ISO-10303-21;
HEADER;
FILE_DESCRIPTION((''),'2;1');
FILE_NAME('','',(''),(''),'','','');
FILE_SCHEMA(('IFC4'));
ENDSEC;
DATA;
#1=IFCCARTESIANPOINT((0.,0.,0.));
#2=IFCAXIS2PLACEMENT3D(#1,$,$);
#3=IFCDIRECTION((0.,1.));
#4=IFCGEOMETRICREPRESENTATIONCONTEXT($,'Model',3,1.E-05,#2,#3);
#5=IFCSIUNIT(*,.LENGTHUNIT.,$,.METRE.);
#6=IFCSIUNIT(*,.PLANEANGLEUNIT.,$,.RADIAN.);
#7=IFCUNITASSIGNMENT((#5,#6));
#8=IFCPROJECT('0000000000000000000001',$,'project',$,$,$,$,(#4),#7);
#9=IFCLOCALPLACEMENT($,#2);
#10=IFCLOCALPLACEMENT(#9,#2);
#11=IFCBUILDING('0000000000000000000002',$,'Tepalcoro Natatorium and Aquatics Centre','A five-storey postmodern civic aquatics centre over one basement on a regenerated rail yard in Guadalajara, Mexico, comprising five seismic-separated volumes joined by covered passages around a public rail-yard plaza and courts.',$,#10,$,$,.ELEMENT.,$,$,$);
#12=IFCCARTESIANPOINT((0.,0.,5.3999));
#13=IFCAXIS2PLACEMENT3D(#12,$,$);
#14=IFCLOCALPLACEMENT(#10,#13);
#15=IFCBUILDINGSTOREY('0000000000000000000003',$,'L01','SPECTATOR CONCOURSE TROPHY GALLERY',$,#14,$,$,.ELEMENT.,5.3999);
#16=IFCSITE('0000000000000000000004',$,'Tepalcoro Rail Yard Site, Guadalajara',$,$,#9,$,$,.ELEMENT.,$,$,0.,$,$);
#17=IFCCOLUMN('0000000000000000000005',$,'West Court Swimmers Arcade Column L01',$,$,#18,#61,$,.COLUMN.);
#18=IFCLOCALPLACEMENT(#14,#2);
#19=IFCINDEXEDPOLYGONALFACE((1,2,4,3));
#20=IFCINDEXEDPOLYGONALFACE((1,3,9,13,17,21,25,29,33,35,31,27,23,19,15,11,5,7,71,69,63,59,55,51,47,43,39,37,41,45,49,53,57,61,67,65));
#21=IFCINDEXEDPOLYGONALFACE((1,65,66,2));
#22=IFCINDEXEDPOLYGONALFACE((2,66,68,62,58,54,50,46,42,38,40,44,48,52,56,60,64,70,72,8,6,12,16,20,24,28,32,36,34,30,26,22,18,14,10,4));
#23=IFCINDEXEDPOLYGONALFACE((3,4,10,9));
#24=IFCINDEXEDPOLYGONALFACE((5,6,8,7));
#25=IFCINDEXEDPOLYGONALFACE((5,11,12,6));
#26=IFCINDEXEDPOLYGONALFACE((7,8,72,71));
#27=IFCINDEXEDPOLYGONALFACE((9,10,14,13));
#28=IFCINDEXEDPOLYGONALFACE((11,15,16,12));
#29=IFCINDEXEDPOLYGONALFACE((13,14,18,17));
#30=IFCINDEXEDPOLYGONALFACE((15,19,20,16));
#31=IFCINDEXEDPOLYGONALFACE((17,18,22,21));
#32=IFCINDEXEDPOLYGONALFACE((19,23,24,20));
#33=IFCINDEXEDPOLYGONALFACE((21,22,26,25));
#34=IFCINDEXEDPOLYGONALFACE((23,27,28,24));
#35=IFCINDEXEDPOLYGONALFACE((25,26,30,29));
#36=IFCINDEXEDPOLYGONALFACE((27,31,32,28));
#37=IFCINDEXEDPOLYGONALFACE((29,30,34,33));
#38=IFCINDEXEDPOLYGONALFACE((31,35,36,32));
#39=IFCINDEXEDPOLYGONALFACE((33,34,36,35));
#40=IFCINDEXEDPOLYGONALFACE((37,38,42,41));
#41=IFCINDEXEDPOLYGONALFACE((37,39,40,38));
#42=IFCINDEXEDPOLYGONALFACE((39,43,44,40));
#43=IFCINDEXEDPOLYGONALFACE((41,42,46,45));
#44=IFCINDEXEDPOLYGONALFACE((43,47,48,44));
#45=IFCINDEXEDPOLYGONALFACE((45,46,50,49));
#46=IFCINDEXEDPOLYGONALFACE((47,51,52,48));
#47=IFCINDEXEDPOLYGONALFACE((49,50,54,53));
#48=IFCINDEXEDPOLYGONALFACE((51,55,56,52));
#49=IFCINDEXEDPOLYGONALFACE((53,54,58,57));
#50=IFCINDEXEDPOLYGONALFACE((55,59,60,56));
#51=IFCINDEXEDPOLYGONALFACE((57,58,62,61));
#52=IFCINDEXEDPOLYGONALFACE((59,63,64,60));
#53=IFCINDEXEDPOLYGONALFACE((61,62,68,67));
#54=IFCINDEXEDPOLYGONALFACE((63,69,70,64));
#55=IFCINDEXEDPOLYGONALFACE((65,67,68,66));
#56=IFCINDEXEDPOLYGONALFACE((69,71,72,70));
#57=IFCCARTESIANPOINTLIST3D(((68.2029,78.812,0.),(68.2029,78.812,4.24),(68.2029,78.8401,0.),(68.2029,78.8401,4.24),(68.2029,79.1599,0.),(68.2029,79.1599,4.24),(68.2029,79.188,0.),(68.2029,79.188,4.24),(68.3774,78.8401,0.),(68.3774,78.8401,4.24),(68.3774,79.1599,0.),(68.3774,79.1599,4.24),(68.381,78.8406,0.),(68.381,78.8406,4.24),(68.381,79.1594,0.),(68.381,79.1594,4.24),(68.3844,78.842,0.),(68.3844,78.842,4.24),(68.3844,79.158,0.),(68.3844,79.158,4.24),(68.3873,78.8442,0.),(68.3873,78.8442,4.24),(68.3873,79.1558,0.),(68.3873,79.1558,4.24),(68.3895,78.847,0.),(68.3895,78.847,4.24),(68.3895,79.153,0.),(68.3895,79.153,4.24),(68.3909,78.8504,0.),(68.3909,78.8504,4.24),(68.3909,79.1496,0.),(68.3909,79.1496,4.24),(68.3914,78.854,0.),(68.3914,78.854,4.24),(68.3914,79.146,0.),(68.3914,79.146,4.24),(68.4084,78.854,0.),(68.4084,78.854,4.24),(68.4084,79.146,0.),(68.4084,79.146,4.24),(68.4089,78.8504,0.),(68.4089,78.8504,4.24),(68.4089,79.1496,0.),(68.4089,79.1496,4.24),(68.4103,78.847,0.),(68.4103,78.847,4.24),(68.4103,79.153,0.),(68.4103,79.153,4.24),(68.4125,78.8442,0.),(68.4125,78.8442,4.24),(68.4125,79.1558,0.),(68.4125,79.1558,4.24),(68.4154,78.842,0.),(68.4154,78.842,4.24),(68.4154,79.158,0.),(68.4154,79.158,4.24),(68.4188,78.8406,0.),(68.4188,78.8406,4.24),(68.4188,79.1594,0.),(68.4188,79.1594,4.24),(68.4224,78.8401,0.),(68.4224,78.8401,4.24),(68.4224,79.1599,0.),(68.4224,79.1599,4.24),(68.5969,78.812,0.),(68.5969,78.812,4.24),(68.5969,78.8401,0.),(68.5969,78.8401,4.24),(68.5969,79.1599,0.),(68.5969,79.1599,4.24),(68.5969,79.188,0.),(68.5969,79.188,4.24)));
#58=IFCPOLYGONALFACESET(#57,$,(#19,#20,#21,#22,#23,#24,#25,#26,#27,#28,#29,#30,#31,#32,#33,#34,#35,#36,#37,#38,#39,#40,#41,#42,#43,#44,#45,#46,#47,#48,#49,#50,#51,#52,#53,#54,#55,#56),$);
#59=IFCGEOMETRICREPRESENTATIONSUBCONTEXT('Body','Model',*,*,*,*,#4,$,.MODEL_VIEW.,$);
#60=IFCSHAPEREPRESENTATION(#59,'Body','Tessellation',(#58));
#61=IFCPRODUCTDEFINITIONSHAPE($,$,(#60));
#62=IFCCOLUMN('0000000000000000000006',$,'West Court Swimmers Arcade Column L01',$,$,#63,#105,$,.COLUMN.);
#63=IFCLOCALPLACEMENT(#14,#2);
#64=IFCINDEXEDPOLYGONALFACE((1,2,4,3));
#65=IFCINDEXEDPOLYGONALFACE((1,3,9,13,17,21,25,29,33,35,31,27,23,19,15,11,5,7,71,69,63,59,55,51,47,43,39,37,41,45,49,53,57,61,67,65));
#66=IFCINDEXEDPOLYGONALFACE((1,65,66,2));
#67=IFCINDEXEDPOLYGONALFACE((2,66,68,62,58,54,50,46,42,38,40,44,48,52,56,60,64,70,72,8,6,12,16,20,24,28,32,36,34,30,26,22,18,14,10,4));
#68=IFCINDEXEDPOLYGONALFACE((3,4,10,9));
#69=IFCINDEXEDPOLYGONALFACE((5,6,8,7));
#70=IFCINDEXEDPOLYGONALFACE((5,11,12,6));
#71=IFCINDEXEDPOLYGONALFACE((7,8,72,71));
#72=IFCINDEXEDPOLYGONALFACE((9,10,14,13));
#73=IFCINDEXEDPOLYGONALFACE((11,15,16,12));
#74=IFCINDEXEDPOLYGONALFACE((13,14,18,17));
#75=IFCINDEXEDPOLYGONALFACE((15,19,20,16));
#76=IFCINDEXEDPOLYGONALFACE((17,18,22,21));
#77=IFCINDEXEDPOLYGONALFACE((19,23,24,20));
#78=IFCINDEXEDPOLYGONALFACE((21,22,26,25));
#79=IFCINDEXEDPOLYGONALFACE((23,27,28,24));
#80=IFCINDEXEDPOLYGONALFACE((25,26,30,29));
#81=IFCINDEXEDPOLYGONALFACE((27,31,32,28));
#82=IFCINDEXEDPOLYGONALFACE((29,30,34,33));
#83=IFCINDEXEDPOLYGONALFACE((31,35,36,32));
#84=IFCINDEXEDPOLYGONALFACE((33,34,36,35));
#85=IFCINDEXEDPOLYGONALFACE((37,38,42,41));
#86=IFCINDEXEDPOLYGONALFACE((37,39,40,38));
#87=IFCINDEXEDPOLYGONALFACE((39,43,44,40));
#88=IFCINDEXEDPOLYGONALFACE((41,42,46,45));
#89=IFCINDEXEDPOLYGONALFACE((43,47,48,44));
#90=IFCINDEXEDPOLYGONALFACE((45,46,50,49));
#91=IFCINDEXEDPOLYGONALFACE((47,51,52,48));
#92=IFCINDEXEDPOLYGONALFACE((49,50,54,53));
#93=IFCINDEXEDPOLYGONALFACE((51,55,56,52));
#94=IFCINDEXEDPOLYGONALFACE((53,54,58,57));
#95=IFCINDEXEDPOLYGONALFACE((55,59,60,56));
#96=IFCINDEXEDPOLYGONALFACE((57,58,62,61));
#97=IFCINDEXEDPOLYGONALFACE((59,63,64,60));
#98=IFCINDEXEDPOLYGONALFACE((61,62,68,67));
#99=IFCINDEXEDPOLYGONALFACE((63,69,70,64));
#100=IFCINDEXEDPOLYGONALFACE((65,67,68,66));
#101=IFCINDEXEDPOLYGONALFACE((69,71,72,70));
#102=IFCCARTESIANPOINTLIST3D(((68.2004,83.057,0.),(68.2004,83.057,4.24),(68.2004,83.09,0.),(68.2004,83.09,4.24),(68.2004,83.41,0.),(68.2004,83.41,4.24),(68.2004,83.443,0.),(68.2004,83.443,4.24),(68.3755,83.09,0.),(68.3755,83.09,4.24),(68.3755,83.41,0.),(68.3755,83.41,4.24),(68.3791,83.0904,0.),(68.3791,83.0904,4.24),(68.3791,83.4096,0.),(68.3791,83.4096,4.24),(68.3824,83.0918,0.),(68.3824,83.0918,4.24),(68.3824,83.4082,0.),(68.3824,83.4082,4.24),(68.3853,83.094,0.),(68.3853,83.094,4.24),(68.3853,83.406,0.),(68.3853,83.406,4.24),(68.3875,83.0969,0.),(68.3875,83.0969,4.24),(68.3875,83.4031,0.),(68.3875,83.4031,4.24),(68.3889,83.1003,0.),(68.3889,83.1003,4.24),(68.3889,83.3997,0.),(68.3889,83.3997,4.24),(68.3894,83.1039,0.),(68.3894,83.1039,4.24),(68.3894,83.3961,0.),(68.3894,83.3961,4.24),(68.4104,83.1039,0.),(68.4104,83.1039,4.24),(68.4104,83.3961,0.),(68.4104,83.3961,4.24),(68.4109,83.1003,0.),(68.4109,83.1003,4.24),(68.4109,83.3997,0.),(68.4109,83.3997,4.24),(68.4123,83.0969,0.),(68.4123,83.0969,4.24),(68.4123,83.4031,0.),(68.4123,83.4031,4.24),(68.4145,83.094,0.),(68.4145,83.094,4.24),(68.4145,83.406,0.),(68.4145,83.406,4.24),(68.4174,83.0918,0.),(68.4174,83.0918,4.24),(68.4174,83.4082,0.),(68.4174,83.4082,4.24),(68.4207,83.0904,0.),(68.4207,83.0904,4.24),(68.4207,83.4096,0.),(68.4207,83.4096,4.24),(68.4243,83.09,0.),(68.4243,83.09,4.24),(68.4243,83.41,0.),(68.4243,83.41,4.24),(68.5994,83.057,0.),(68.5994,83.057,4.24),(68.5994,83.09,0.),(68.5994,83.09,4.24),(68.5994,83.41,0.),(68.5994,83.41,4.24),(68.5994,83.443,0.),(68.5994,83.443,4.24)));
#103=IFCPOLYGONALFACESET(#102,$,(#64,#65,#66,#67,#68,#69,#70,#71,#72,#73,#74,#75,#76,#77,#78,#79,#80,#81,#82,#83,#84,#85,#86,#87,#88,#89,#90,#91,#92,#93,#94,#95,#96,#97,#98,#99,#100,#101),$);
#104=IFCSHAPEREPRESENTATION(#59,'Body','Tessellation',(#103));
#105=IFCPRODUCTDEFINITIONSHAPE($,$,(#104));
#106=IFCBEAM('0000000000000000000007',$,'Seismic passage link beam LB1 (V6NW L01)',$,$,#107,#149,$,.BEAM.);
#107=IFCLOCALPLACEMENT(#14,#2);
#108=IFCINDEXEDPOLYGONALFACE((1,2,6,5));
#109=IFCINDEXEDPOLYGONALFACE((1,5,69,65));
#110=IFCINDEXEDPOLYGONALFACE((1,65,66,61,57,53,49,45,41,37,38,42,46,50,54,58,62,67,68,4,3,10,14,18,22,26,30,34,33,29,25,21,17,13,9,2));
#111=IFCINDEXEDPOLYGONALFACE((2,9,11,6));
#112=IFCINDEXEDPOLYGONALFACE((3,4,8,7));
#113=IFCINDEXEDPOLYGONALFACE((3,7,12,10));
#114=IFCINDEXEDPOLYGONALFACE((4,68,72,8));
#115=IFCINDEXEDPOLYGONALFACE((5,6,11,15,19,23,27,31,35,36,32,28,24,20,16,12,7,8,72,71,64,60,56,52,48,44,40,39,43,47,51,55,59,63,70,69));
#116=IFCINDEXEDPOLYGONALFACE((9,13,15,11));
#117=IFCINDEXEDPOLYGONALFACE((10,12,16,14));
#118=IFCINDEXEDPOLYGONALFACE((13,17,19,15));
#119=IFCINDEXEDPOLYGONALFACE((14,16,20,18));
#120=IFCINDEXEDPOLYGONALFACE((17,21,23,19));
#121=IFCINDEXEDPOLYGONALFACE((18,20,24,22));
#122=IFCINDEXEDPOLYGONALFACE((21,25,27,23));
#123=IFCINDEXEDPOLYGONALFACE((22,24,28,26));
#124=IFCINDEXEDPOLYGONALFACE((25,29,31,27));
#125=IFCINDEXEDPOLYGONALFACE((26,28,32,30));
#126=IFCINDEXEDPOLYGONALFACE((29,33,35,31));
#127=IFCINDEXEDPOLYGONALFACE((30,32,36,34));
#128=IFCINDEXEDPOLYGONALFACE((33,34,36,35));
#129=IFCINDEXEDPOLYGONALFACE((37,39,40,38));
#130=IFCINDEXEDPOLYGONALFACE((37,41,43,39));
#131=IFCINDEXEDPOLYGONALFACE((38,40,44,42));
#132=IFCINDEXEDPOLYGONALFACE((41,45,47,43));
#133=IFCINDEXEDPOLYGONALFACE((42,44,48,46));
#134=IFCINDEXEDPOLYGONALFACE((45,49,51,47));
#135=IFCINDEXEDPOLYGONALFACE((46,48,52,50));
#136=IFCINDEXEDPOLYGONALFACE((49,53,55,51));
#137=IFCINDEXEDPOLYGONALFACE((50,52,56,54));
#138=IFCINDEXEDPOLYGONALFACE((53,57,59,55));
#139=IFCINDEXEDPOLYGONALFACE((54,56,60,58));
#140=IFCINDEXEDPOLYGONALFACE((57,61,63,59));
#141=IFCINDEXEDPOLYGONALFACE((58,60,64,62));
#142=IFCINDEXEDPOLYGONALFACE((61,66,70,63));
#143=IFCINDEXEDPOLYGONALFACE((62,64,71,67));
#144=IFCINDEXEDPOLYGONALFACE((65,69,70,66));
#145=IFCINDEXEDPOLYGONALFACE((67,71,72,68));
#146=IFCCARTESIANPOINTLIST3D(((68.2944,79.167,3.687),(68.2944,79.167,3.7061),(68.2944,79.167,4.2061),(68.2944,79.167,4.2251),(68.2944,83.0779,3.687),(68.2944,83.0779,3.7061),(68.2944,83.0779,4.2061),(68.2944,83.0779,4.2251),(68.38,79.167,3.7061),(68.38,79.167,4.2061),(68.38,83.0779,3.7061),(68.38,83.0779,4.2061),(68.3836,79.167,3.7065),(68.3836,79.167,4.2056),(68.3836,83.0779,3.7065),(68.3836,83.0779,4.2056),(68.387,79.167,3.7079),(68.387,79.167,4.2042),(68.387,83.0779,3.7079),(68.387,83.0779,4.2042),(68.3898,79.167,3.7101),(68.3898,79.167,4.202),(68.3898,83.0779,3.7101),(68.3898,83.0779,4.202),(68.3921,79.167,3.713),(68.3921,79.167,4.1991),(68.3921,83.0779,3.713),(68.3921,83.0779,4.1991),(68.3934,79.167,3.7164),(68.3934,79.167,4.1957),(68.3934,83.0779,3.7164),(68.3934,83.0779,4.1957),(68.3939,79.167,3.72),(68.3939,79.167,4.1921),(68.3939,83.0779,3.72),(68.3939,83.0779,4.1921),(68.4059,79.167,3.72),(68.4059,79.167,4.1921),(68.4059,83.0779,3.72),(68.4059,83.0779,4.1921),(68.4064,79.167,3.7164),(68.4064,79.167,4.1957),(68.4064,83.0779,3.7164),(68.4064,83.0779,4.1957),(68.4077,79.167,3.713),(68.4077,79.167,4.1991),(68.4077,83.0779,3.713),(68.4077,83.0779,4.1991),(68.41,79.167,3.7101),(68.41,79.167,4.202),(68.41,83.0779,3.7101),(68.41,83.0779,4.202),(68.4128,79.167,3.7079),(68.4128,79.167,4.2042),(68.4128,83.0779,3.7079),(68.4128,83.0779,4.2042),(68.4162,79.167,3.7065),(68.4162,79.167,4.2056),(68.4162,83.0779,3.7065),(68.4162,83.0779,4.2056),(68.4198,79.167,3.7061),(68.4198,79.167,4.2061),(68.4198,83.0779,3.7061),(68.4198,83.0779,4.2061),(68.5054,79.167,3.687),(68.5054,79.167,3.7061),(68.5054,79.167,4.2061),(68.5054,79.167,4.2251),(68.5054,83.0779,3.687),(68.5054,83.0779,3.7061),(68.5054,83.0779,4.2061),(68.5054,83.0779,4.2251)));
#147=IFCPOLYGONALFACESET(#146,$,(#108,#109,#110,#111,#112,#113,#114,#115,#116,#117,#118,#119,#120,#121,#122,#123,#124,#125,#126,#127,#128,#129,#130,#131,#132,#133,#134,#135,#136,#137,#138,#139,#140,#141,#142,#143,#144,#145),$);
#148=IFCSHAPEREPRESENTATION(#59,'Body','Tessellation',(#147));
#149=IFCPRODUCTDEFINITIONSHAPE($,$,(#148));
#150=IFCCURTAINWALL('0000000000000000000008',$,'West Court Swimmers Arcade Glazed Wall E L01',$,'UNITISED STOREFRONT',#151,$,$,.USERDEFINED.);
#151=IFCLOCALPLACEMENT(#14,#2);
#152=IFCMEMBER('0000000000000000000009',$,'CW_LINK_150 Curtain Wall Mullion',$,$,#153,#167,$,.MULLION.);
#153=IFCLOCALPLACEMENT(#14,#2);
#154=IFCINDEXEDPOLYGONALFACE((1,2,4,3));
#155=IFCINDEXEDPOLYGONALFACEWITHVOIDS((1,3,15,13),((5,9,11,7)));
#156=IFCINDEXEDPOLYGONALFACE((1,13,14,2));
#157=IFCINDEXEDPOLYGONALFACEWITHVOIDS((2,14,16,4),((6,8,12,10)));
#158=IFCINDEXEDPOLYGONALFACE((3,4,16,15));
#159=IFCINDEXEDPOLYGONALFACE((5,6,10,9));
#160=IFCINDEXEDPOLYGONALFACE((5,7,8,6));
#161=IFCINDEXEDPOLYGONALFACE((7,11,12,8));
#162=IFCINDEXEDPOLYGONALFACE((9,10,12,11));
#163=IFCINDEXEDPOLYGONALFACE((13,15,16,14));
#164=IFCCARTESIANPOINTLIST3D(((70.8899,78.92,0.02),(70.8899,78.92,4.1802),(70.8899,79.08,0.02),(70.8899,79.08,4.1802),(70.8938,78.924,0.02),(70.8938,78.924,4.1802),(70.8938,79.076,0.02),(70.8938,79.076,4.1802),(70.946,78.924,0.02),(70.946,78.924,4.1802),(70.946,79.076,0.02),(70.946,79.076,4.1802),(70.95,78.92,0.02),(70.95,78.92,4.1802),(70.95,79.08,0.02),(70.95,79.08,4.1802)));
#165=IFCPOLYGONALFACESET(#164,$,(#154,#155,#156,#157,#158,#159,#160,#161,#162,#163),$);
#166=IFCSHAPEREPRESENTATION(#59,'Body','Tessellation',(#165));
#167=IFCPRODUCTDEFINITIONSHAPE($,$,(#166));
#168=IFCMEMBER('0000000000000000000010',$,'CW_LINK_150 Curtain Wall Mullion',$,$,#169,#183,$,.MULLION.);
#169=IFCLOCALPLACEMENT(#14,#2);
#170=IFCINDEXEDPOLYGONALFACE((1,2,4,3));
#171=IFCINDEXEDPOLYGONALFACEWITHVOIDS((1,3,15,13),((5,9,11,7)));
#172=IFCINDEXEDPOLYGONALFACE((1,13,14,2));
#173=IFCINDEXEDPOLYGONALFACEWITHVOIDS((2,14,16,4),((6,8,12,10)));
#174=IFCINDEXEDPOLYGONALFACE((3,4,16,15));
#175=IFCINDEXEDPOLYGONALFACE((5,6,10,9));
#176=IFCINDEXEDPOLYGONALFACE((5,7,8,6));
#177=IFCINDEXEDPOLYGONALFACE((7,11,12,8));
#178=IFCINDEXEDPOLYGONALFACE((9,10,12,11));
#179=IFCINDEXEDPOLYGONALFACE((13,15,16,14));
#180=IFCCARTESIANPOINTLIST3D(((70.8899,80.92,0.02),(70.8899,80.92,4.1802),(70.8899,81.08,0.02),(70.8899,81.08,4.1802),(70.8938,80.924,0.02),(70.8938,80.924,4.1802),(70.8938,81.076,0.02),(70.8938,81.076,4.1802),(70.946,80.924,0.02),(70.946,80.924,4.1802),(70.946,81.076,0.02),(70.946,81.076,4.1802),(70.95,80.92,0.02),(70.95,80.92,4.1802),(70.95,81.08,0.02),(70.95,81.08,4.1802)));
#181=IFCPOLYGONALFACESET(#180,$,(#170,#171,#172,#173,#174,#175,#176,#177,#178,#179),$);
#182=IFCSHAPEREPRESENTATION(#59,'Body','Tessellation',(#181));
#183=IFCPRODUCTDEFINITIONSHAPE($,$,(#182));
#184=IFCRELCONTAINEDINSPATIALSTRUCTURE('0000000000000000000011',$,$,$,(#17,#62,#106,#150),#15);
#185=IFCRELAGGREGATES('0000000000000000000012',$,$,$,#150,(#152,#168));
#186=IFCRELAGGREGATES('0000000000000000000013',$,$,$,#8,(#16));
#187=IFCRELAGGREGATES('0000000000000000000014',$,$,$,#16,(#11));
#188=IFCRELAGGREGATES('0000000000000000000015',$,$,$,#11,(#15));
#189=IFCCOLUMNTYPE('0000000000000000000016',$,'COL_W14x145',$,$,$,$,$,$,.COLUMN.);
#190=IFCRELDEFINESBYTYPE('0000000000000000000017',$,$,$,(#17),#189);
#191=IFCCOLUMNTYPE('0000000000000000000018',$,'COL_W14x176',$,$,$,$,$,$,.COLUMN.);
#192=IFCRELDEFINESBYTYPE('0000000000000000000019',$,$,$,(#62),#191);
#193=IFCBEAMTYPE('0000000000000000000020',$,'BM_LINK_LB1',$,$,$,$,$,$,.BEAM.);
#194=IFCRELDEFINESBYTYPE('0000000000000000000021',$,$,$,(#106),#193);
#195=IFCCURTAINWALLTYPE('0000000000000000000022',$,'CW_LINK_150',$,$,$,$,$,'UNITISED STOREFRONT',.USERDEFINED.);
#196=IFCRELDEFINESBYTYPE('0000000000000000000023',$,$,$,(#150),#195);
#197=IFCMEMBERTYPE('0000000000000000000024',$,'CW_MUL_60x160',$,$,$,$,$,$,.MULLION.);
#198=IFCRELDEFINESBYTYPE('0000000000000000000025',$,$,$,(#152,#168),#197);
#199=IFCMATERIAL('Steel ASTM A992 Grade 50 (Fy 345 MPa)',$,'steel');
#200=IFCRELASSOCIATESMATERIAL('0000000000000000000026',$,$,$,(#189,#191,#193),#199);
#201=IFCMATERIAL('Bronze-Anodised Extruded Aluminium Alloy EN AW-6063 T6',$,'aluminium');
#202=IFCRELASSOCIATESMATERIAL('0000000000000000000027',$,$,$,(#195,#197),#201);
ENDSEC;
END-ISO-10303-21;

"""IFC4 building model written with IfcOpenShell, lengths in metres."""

from ifc_helpers import new_model, si_unit, direction, frame, origin, origin_2d, place, context, subcontext, project, spatial, hollow_rectangle, i_section, extrude, material, material_profile, profile_set, type_object, element, aggregate, save


model = new_model("IFC4")

# Units and contexts
model_context = context("Model", 3, precision=1e-05, world=origin(), true_north=direction((0.0, 1.0)))
body_context = subcontext(model_context, "Body", "Model", "MODEL_VIEW")
ifc_project = project(units=[si_unit("LENGTHUNIT", "METRE"), si_unit("PLANEANGLEUNIT", "RADIAN")], contexts=[model_context])

# Site, building, storey
site_placement = place(None, origin())
site = spatial("IfcSite", under=ifc_project, at=site_placement, Name="Tepalcoro Rail Yard Site, Guadalajara", CompositionType="ELEMENT", RefElevation=0.0)
building_placement = place(site_placement, origin())
building = spatial("IfcBuilding", under=site, at=building_placement, Name="Tepalcoro Natatorium and Aquatics Centre", Description="A five-storey postmodern civic aquatics centre over one basement on a regenerated rail yard in Guadalajara, Mexico, comprising five seismic-separated volumes joined by covered passages around a public rail-yard plaza and courts.", CompositionType="ELEMENT")
storey_placement = place(building_placement, frame((0.0, 0.0, 5.3999)))
storey = spatial("IfcBuildingStorey", under=building, at=storey_placement, Name="L01", Description="SPECTATOR CONCOURSE TROPHY GALLERY", CompositionType="ELEMENT", Elevation=5.3999)

# Columns
ifc_material_1 = material(Name="Steel ASTM A992 Grade 50 (Fy 345 MPa)", Category="steel")
ifc_material_profile_1 = material_profile(ifc_material_1, i_section(OverallWidth=0.394, OverallDepth=0.376, WebThickness=0.0171, FlangeThickness=0.0281, FilletRadius=0.0139, at=origin_2d()), Name="W14X145")
ifc_profile_set_1 = profile_set([ifc_material_profile_1], Name="Steel ASTM A992 Grade 50 (Fy 345 MPa)")
column_type_1 = type_object("IfcColumnType", Name="COL_W14x145", PredefinedType="COLUMN", material=ifc_profile_set_1)
column_1_placement = place(storey_placement, frame((68.3999, 79.0, 0.0), z_axis=(0.0, 0.0, 1.0), x_axis=(1.0, 0.0, 0.0)))
element("IfcColumn", 1, at=column_1_placement, inside=storey, type_object=column_type_1, Name="West Court Swimmers Arcade Column L01", PredefinedType="COLUMN", context=body_context, shape_type="SweptSolid", body=[
    extrude(i_section(OverallWidth=0.394, OverallDepth=0.376, WebThickness=0.0171, FlangeThickness=0.0281, FilletRadius=0.0139, at=origin_2d()), origin(), (0.0, 0.0, 1.0), 4.24),
])
ifc_material_profile_2 = material_profile(ifc_material_1, i_section(OverallWidth=0.3989, OverallDepth=0.386, WebThickness=0.021, FlangeThickness=0.033, FilletRadius=0.0139, at=origin_2d()), Name="W14X176")
ifc_profile_set_2 = profile_set([ifc_material_profile_2], Name="Steel ASTM A992 Grade 50 (Fy 345 MPa)")
column_type_2 = type_object("IfcColumnType", Name="COL_W14x176", PredefinedType="COLUMN", material=ifc_profile_set_2)
column_2_placement = place(storey_placement, frame((68.3999, 83.25, 0.0), z_axis=(0.0, 0.0, 1.0), x_axis=(1.0, 0.0, 0.0)))
element("IfcColumn", 2, at=column_2_placement, inside=storey, type_object=column_type_2, Name="West Court Swimmers Arcade Column L01", PredefinedType="COLUMN", context=body_context, shape_type="SweptSolid", body=[
    extrude(i_section(OverallWidth=0.3989, OverallDepth=0.386, WebThickness=0.021, FlangeThickness=0.033, FilletRadius=0.0139, at=origin_2d()), origin(), (0.0, 0.0, 1.0), 4.24),
])

# Beam
ifc_material_profile_3 = material_profile(ifc_material_1, i_section(OverallWidth=0.2109, OverallDepth=0.5381, WebThickness=0.012, FlangeThickness=0.019, FilletRadius=0.0139, at=origin_2d()), Name="W21X73")
ifc_profile_set_3 = profile_set([ifc_material_profile_3], Name="Steel ASTM A992 Grade 50 (Fy 345 MPa)")
beam_type_1 = type_object("IfcBeamType", Name="BM_LINK_LB1", PredefinedType="BEAM", material=ifc_profile_set_3)
beam_1_placement = place(storey_placement, frame((68.3999, 79.167, 3.9561), z_axis=(0.0, 1.0, 0.0), x_axis=(-1.0, 0.0, 0.0)))
element("IfcBeam", 3, at=beam_1_placement, inside=storey, type_object=beam_type_1, Name="Seismic passage link beam LB1 (V6NW L01)", PredefinedType="BEAM", context=body_context, shape_type="SweptSolid", body=[
    extrude(i_section(OverallWidth=0.2109, OverallDepth=0.5381, WebThickness=0.012, FlangeThickness=0.019, FilletRadius=0.0139, at=origin_2d()), origin(), (0.0, 0.0, 1.0), 3.9109),
])

# Curtain wall, members
ifc_material_2 = material(Name="Bronze-Anodised Extruded Aluminium Alloy EN AW-6063 T6", Category="aluminium")
curtain_wall_type_1 = type_object("IfcCurtainWallType", Name="CW_LINK_150", ElementType="UNITISED STOREFRONT", PredefinedType="USERDEFINED", material=ifc_material_2)
curtain_wall_1_placement = place(storey_placement, origin())
curtain_wall_1 = element("IfcCurtainWall", 4, at=curtain_wall_1_placement, inside=storey, type_object=curtain_wall_type_1, Name="West Court Swimmers Arcade Glazed Wall E L01", ObjectType="UNITISED STOREFRONT", PredefinedType="USERDEFINED")
ifc_material_profile_4 = material_profile(ifc_material_2, hollow_rectangle(XDim=0.0601, YDim=0.1599, WallThickness=0.0039, at=origin_2d()), Name="AL60X160X4")
ifc_profile_set_4 = profile_set([ifc_material_profile_4], Name="Bronze-Anodised Extruded Aluminium Alloy EN AW-6063 T6")
member_type_1 = type_object("IfcMemberType", Name="CW_MUL_60x160", PredefinedType="MULLION", material=ifc_profile_set_4)
member_1_placement = place(storey_placement, frame((70.9199, 79.0, 0.02), z_axis=(0.0, 0.0, 1.0), x_axis=(1.0, 0.0, 0.0)))
member_1 = element("IfcMember", 5, at=member_1_placement, type_object=member_type_1, Name="CW_LINK_150 Curtain Wall Mullion", PredefinedType="MULLION", context=body_context, shape_type="SweptSolid", body=[
    extrude(hollow_rectangle(XDim=0.0601, YDim=0.1599, WallThickness=0.0039, at=origin_2d()), origin(), (0.0, 0.0, 1.0), 4.1602),
])
member_2_placement = place(storey_placement, frame((70.9199, 81.0, 0.02), z_axis=(0.0, 0.0, 1.0), x_axis=(1.0, 0.0, 0.0)))
member_2 = element("IfcMember", 6, at=member_2_placement, type_object=member_type_1, Name="CW_LINK_150 Curtain Wall Mullion", PredefinedType="MULLION", context=body_context, shape_type="SweptSolid", body=[
    extrude(hollow_rectangle(XDim=0.0601, YDim=0.1599, WallThickness=0.0039, at=origin_2d()), origin(), (0.0, 0.0, 1.0), 4.1602),
])

aggregate(curtain_wall_1, [member_1, member_2])

save(model, "model.ifc")
